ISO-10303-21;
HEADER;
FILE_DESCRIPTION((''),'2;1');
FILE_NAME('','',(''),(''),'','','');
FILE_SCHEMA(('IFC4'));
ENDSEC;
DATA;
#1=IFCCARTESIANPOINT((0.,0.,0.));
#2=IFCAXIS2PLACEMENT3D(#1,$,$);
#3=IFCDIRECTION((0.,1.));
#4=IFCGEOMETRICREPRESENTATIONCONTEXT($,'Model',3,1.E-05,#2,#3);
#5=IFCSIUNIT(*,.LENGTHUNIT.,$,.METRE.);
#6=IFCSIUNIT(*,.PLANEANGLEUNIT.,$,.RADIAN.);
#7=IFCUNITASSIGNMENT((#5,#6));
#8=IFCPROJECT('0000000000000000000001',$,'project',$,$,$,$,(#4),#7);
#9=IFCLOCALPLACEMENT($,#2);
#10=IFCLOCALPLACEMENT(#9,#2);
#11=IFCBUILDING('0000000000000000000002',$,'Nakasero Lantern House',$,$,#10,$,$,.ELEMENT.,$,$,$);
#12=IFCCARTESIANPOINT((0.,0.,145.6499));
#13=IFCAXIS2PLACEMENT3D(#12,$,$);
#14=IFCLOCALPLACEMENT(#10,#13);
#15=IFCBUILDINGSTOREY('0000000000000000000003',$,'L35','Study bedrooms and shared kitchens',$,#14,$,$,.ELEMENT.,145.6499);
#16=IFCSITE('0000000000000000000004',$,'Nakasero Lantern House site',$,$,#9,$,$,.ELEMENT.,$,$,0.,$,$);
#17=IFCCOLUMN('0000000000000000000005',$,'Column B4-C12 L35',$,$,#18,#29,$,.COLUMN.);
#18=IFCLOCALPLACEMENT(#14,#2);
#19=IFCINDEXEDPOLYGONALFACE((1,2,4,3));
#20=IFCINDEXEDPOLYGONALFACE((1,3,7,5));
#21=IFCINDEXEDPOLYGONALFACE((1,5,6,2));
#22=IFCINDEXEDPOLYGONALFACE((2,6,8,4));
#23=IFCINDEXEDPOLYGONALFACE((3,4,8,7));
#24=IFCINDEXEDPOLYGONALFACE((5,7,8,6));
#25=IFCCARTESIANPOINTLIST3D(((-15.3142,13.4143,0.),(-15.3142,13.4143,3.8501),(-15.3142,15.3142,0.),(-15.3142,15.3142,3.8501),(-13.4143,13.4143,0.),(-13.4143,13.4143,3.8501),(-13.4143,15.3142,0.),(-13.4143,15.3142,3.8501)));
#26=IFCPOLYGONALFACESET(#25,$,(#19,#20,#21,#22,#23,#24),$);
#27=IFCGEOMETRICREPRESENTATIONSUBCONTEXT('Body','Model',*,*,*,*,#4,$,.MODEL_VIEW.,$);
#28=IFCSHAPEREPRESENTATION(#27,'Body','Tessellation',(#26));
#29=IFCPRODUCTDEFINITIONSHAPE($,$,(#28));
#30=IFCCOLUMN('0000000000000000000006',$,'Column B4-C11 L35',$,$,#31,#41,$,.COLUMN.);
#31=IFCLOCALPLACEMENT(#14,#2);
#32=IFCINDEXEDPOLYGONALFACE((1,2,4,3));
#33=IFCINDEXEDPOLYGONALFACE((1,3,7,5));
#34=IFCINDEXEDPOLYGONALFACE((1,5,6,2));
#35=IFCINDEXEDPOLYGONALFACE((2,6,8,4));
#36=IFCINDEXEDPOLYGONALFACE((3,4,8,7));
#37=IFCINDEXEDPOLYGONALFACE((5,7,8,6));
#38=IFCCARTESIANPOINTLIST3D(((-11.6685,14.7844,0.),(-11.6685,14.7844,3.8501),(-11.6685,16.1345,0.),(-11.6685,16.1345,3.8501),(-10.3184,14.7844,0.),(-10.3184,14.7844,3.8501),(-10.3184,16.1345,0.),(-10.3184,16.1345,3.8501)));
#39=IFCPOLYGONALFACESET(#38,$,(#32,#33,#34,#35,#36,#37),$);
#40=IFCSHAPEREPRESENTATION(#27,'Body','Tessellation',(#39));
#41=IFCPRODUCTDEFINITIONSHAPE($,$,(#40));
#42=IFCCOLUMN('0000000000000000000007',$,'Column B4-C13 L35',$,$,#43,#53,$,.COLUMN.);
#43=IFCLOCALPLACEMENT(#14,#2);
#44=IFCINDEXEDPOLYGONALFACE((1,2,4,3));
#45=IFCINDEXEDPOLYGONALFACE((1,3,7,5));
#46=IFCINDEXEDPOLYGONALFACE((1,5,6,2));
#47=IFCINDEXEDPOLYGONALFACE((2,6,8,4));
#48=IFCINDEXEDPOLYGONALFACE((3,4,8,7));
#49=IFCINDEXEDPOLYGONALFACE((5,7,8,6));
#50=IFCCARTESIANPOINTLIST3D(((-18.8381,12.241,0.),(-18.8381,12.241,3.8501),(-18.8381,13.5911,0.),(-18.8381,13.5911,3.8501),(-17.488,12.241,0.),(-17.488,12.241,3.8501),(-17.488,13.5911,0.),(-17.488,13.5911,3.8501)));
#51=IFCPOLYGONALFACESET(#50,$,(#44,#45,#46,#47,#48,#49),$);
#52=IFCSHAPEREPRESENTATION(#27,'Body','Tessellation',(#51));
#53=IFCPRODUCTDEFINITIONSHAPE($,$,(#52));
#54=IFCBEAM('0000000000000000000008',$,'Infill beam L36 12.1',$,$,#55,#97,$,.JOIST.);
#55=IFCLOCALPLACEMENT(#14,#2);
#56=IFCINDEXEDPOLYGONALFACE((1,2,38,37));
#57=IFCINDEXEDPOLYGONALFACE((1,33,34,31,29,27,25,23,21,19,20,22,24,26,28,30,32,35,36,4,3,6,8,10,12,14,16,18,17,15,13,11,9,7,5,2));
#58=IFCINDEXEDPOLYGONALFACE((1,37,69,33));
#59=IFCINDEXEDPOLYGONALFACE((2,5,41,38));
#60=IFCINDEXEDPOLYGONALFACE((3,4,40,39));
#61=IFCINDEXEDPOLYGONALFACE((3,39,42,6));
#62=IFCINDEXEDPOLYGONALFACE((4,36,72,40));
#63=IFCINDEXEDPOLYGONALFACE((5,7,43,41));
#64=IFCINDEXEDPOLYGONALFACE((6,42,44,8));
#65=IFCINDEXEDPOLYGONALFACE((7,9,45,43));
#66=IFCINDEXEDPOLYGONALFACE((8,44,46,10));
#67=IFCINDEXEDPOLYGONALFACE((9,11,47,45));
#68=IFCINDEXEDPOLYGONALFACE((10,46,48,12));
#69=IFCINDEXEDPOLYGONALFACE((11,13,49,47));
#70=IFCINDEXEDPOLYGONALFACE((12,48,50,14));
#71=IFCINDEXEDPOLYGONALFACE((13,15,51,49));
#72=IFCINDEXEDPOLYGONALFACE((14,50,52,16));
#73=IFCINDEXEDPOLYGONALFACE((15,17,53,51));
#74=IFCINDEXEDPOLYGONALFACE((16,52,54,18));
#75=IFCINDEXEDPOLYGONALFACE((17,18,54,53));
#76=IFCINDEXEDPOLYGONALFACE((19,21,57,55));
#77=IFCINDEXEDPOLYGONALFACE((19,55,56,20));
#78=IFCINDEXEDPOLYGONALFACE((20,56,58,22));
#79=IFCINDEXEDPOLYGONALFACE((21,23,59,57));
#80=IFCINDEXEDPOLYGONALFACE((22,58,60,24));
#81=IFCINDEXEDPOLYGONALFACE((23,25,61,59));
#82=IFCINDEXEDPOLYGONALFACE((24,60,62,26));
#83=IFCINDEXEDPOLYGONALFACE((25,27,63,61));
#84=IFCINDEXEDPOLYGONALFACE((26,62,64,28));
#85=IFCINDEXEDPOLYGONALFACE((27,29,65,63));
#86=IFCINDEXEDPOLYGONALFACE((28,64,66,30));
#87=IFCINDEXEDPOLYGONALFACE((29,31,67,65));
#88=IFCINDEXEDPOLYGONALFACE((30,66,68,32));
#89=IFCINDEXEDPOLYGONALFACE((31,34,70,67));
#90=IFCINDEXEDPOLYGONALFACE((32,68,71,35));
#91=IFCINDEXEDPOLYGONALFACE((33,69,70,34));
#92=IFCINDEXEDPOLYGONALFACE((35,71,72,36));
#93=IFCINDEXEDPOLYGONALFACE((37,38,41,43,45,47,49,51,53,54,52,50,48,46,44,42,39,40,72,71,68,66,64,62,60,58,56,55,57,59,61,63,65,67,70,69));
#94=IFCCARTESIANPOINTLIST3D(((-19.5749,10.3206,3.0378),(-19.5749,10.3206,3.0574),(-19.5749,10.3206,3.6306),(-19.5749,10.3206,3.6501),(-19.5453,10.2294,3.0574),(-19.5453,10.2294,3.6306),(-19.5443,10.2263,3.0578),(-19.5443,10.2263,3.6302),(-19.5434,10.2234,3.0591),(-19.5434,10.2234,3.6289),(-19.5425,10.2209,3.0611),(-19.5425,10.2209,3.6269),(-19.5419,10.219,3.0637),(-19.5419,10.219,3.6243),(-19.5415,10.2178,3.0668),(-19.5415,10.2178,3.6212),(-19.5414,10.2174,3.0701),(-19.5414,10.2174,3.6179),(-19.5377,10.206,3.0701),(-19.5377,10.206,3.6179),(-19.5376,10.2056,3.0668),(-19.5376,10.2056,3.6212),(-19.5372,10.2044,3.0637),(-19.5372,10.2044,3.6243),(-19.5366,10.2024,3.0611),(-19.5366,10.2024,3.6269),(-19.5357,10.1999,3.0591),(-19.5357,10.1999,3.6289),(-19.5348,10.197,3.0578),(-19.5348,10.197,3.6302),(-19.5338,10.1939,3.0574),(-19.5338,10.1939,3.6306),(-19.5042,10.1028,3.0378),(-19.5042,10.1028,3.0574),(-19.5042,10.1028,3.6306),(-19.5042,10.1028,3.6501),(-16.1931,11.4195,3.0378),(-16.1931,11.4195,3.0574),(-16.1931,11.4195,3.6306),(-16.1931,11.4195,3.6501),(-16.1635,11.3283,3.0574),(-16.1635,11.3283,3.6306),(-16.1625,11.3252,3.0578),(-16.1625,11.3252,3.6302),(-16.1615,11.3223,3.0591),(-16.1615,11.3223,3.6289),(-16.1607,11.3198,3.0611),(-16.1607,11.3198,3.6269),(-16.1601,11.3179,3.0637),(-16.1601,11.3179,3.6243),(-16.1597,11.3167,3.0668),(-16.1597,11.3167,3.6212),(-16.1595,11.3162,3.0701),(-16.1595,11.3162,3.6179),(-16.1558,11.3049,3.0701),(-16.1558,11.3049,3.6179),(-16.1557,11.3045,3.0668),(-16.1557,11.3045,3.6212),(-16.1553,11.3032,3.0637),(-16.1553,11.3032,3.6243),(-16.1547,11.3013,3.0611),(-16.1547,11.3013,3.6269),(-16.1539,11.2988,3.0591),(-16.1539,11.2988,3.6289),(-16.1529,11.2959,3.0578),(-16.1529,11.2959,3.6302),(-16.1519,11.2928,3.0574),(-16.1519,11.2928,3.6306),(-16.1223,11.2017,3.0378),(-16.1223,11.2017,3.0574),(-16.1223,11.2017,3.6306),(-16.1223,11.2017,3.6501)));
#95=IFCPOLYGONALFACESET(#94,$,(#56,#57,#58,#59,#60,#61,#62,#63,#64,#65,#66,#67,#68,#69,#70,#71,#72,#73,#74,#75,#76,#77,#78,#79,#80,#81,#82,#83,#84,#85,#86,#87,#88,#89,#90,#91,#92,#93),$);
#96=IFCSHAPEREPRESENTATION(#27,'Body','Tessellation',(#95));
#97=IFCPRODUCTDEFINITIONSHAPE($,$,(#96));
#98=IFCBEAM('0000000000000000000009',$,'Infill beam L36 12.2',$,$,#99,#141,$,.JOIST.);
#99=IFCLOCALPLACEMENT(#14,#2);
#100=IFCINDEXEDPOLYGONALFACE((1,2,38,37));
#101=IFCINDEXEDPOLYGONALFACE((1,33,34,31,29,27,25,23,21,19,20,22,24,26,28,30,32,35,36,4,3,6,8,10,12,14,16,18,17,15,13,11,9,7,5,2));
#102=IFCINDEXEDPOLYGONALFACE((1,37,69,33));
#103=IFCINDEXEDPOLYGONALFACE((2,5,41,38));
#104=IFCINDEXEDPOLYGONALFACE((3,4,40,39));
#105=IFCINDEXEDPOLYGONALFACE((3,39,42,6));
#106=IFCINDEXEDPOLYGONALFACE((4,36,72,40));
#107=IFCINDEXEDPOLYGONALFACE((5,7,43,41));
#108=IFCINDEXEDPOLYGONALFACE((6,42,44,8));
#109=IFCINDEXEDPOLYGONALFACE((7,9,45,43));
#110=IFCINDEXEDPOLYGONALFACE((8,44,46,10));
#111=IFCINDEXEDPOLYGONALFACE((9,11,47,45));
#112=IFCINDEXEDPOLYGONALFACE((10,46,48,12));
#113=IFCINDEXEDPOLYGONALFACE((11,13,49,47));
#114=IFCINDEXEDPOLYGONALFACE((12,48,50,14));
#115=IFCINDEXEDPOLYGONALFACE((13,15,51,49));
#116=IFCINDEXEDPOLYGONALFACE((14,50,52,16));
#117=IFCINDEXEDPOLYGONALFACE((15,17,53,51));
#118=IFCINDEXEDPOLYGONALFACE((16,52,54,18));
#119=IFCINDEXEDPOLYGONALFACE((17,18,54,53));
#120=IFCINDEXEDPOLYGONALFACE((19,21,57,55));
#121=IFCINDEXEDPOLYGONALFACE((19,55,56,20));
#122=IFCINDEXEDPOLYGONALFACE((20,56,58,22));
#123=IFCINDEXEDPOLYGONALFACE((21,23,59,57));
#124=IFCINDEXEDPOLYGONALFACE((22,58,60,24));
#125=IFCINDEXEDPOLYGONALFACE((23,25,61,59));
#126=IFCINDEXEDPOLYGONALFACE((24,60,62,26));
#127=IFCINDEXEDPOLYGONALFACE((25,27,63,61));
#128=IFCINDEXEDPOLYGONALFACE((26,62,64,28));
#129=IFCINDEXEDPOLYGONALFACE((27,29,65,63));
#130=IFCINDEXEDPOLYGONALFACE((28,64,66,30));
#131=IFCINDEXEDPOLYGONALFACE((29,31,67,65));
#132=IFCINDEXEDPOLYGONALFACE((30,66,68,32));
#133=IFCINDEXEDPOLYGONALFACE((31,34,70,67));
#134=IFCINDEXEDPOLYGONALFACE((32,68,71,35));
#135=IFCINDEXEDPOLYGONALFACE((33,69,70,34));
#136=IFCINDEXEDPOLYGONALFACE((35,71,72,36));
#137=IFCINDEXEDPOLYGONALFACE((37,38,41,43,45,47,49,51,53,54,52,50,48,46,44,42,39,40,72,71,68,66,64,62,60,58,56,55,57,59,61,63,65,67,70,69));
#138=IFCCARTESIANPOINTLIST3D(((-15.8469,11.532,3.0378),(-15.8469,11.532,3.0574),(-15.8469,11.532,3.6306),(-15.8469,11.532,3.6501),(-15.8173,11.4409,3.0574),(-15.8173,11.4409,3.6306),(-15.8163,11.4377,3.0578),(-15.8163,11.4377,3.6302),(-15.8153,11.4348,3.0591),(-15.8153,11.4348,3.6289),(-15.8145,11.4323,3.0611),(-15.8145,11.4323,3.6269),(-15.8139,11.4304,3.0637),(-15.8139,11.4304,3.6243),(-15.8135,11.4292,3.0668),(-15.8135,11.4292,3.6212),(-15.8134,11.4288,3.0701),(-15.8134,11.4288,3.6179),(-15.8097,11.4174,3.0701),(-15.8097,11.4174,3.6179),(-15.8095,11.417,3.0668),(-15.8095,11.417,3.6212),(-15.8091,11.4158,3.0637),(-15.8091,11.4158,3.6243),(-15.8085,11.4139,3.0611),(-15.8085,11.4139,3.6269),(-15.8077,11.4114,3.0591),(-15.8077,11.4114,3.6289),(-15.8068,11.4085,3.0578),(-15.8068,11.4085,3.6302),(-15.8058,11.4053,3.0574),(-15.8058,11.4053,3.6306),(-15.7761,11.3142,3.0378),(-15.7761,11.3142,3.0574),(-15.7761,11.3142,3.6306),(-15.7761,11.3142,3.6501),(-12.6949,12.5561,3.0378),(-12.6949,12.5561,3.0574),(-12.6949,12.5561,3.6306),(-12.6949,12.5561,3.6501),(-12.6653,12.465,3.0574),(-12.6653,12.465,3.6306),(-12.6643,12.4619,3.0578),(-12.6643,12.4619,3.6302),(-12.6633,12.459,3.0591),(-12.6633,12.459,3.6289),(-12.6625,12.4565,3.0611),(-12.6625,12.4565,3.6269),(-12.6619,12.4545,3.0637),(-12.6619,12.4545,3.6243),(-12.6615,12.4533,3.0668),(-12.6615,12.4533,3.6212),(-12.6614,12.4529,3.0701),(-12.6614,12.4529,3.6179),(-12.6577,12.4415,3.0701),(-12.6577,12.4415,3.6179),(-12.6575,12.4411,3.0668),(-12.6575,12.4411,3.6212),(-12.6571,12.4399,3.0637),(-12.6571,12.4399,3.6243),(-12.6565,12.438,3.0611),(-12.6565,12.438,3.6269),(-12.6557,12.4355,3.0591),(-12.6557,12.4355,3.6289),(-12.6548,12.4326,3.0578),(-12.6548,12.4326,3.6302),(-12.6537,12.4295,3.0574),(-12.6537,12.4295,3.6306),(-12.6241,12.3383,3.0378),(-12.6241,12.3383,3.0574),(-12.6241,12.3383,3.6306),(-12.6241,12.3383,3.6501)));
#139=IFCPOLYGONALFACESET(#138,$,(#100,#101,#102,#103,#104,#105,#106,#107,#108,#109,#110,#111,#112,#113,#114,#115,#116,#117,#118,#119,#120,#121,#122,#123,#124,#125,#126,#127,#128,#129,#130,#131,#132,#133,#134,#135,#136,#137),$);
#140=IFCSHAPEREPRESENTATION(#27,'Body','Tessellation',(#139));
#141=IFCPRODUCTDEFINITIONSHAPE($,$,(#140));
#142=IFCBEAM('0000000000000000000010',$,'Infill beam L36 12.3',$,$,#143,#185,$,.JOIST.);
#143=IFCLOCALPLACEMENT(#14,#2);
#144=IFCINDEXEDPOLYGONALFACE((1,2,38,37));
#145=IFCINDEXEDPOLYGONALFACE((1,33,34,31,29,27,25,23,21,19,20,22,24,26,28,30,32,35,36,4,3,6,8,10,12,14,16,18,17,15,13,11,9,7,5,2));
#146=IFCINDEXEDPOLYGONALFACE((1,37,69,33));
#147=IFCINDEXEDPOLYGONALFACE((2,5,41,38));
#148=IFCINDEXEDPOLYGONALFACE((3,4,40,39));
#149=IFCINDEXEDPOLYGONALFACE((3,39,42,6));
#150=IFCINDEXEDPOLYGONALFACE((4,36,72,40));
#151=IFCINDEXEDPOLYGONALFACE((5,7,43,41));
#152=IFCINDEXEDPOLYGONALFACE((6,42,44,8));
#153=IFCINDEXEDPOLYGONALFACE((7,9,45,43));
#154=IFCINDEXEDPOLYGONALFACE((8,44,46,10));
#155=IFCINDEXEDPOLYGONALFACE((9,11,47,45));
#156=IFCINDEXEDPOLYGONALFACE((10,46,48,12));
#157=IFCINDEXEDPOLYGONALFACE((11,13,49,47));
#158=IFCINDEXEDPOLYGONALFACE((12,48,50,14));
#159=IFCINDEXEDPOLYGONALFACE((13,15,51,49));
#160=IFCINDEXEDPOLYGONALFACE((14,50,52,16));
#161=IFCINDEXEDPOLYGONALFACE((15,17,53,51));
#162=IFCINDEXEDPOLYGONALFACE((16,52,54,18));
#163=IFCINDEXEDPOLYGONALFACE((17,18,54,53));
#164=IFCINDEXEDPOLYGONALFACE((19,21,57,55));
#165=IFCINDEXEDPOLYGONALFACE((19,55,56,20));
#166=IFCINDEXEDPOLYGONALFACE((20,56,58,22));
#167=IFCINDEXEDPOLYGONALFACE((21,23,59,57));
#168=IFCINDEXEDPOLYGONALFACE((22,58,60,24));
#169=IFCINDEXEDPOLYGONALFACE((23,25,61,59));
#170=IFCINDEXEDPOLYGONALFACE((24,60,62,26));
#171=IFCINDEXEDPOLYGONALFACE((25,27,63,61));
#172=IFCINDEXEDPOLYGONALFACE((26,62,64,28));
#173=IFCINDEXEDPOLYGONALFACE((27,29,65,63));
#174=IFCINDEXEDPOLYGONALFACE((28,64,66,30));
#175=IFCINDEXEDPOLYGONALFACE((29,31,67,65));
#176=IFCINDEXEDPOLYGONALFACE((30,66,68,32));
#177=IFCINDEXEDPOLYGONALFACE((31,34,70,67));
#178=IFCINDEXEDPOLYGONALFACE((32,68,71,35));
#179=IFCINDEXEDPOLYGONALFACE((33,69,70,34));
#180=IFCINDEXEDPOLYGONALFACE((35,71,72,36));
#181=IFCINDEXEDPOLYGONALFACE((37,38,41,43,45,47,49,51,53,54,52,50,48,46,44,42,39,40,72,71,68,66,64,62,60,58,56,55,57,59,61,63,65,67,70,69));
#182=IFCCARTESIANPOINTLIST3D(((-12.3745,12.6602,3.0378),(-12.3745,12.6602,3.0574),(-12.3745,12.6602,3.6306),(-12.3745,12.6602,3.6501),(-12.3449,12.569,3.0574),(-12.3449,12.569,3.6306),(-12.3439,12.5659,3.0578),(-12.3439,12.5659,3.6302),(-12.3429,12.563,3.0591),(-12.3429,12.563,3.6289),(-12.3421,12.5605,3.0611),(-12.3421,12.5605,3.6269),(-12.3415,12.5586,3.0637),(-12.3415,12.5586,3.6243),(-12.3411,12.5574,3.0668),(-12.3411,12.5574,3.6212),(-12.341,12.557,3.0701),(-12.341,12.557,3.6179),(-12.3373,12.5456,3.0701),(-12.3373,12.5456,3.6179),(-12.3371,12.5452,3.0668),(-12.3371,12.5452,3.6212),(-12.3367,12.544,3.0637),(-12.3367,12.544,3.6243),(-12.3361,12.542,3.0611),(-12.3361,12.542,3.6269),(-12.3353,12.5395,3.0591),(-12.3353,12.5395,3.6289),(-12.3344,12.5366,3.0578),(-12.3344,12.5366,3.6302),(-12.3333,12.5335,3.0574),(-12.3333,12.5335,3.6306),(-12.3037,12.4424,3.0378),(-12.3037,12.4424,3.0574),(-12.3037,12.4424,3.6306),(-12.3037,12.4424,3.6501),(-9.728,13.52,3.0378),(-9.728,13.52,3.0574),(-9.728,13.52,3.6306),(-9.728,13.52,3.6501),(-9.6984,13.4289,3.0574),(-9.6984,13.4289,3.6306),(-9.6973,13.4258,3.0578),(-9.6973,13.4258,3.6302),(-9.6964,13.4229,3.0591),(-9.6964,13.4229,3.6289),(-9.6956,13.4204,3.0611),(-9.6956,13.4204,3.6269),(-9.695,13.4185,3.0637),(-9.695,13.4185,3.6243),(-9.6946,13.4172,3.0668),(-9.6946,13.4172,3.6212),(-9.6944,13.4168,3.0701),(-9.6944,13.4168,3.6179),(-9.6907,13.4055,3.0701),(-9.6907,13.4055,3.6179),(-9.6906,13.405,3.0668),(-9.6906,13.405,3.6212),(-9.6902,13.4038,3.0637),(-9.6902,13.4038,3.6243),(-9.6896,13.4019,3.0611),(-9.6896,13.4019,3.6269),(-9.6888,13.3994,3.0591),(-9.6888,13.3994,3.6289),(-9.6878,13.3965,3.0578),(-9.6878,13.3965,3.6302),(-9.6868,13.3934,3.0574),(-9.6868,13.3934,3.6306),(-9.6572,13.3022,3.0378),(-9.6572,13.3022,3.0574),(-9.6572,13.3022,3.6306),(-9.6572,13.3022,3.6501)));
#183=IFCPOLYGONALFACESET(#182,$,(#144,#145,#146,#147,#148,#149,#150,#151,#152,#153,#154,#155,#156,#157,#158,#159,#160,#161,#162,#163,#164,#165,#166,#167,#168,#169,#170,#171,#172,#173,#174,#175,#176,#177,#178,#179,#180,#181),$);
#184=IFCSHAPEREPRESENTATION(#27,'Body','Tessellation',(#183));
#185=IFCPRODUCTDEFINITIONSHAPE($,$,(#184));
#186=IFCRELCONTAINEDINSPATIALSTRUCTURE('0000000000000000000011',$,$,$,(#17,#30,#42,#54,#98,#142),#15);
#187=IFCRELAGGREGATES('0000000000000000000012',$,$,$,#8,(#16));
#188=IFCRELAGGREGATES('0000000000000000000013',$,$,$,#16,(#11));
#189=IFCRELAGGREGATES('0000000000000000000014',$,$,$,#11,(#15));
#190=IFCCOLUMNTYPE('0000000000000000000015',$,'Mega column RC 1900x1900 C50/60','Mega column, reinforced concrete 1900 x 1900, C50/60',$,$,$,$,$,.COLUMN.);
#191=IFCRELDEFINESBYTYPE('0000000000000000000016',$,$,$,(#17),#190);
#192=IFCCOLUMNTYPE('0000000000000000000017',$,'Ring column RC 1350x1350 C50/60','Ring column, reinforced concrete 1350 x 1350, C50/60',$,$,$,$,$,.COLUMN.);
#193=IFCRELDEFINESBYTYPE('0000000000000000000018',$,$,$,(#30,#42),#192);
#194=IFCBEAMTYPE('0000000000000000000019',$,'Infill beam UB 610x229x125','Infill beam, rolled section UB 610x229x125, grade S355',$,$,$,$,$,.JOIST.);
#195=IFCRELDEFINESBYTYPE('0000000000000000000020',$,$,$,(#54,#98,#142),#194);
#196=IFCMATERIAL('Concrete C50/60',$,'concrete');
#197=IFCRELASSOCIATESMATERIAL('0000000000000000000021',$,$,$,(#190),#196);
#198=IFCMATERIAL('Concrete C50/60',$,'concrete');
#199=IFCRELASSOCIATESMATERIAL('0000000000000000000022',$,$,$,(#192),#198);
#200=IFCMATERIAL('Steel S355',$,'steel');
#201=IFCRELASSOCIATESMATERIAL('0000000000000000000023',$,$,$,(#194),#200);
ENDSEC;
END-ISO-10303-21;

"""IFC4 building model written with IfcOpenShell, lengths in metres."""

from ifc_helpers import new_model, si_unit, direction, frame, origin, origin_2d, place, context, subcontext, project, spatial, rectangle, i_section, extrude, material, material_profile, profile_set, type_object, element, save


model = new_model("IFC4")

# Units and contexts
model_context = context("Model", 3, precision=1e-05, world=origin(), true_north=direction((0.0, 1.0)))
body_context = subcontext(model_context, "Body", "Model", "MODEL_VIEW")
ifc_project = project(units=[si_unit("LENGTHUNIT", "METRE"), si_unit("PLANEANGLEUNIT", "RADIAN")], contexts=[model_context])

# Site, building, storey
site_placement = place(None, origin())
site = spatial("IfcSite", under=ifc_project, at=site_placement, Name="Nakasero Lantern House site", CompositionType="ELEMENT", RefElevation=0.0)
building_placement = place(site_placement, origin())
building = spatial("IfcBuilding", under=site, at=building_placement, Name="Nakasero Lantern House", CompositionType="ELEMENT")
storey_placement = place(building_placement, frame((0.0, 0.0, 145.6499)))
storey = spatial("IfcBuildingStorey", under=building, at=storey_placement, Name="L35", Description="Study bedrooms and shared kitchens", CompositionType="ELEMENT", Elevation=145.6499)

# Columns
ifc_material_1 = material(Name="Concrete C50/60", Category="concrete")
ifc_material_profile_1 = material_profile(ifc_material_1, rectangle(XDim=1.8999, YDim=1.8999, at=origin_2d()), Name="RC 1900x1900")
ifc_profile_set_1 = profile_set([ifc_material_profile_1], Name="Concrete C50/60")
column_type_1 = type_object("IfcColumnType", Name="Mega column RC 1900x1900 C50/60", Description="Mega column, reinforced concrete 1900 x 1900, C50/60", PredefinedType="COLUMN", material=ifc_profile_set_1)
column_placement = place(storey_placement, frame((-14.3643, 14.3643, 0.0), z_axis=(0.0, 0.0, 1.0), x_axis=(1.0, 0.0, 0.0)))
element("IfcColumn", 1, at=column_placement, inside=storey, type_object=column_type_1, Name="Column B4-C12 L35", PredefinedType="COLUMN", context=body_context, shape_type="SweptSolid", body=[
    extrude(rectangle(XDim=1.8999, YDim=1.8999, at=origin_2d()), origin(), (0.0, 0.0, 1.0), 3.8501),
])
ifc_material_2 = material(Name="Concrete C50/60", Category="concrete")
ifc_material_profile_2 = material_profile(ifc_material_2, rectangle(XDim=1.3501, YDim=1.3501, at=origin_2d()), Name="RC 1350x1350")
ifc_profile_set_2 = profile_set([ifc_material_profile_2], Name="Concrete C50/60")
column_type_2 = type_object("IfcColumnType", Name="Ring column RC 1350x1350 C50/60", Description="Ring column, reinforced concrete 1350 x 1350, C50/60", PredefinedType="COLUMN", material=ifc_profile_set_2)
for number, where, z_axis, x_axis, name in (
    (2, (-10.9934, 15.4595, 0.0), (0.0, 0.0, 1.0), (1.0, 0.0, 0.0), "Column B4-C11 L35"),
    (3, (-18.1631, 12.916, 0.0), (0.0, 0.0, 1.0), (1.0, 0.0, 0.0), "Column B4-C13 L35"),
):
    element("IfcColumn", number, at=place(storey_placement, frame(where, z_axis=z_axis, x_axis=x_axis)), inside=storey, type_object=column_type_2, Name=name, PredefinedType="COLUMN", context=body_context, shape_type="SweptSolid", body=[
        extrude(rectangle(XDim=1.3501, YDim=1.3501, at=origin_2d()), origin(), (0.0, 0.0, 1.0), 3.8501),
    ])

# Beams
ifc_material_3 = material(Name="Steel S355", Category="steel")
ifc_material_profile_3 = material_profile(ifc_material_3, i_section(OverallWidth=0.229, OverallDepth=0.6123, WebThickness=0.012, FlangeThickness=0.0195, FilletRadius=0.0127, at=origin_2d()), Name="UB 610x229x125")
ifc_profile_set_3 = profile_set([ifc_material_profile_3], Name="Steel S355")
beam_type_1 = type_object("IfcBeamType", Name="Infill beam UB 610x229x125", Description="Infill beam, rolled section UB 610x229x125, grade S355", PredefinedType="JOIST", material=ifc_profile_set_3)
beam_1_placement = place(storey_placement, frame((-19.5396, 10.2117, 3.344), z_axis=(0.951052, 0.30903, 0.0), x_axis=(-0.30903, 0.951052, 0.0)))
element("IfcBeam", 4, at=beam_1_placement, inside=storey, type_object=beam_type_1, Name="Infill beam L36 12.1", PredefinedType="JOIST", context=body_context, shape_type="SweptSolid", body=[
    extrude(i_section(OverallWidth=0.229, OverallDepth=0.6123, WebThickness=0.012, FlangeThickness=0.0195, FilletRadius=0.0127, at=origin_2d()), origin(), (0.0, 0.0, 1.0), 3.5559),
])
beam_2_placement = place(storey_placement, frame((-15.8115, 11.4231, 3.344), z_axis=(0.951057, 0.309014, 0.0), x_axis=(-0.309014, 0.951057, 0.0)))
element("IfcBeam", 5, at=beam_2_placement, inside=storey, type_object=beam_type_1, Name="Infill beam L36 12.2", PredefinedType="JOIST", context=body_context, shape_type="SweptSolid", body=[
    extrude(i_section(OverallWidth=0.229, OverallDepth=0.6123, WebThickness=0.012, FlangeThickness=0.0195, FilletRadius=0.0127, at=origin_2d()), origin(), (0.0, 0.0, 1.0), 3.3142),
])
beam_3_placement = place(storey_placement, frame((-12.3391, 12.5513, 3.344), z_axis=(0.95106, 0.309007, 0.0), x_axis=(-0.309007, 0.95106, 0.0)))
element("IfcBeam", 6, at=beam_3_placement, inside=storey, type_object=beam_type_1, Name="Infill beam L36 12.3", PredefinedType="JOIST", context=body_context, shape_type="SweptSolid", body=[
    extrude(i_section(OverallWidth=0.229, OverallDepth=0.6123, WebThickness=0.012, FlangeThickness=0.0195, FilletRadius=0.0127, at=origin_2d()), origin(), (0.0, 0.0, 1.0), 2.7827),
])

save(model, "model.ifc")
